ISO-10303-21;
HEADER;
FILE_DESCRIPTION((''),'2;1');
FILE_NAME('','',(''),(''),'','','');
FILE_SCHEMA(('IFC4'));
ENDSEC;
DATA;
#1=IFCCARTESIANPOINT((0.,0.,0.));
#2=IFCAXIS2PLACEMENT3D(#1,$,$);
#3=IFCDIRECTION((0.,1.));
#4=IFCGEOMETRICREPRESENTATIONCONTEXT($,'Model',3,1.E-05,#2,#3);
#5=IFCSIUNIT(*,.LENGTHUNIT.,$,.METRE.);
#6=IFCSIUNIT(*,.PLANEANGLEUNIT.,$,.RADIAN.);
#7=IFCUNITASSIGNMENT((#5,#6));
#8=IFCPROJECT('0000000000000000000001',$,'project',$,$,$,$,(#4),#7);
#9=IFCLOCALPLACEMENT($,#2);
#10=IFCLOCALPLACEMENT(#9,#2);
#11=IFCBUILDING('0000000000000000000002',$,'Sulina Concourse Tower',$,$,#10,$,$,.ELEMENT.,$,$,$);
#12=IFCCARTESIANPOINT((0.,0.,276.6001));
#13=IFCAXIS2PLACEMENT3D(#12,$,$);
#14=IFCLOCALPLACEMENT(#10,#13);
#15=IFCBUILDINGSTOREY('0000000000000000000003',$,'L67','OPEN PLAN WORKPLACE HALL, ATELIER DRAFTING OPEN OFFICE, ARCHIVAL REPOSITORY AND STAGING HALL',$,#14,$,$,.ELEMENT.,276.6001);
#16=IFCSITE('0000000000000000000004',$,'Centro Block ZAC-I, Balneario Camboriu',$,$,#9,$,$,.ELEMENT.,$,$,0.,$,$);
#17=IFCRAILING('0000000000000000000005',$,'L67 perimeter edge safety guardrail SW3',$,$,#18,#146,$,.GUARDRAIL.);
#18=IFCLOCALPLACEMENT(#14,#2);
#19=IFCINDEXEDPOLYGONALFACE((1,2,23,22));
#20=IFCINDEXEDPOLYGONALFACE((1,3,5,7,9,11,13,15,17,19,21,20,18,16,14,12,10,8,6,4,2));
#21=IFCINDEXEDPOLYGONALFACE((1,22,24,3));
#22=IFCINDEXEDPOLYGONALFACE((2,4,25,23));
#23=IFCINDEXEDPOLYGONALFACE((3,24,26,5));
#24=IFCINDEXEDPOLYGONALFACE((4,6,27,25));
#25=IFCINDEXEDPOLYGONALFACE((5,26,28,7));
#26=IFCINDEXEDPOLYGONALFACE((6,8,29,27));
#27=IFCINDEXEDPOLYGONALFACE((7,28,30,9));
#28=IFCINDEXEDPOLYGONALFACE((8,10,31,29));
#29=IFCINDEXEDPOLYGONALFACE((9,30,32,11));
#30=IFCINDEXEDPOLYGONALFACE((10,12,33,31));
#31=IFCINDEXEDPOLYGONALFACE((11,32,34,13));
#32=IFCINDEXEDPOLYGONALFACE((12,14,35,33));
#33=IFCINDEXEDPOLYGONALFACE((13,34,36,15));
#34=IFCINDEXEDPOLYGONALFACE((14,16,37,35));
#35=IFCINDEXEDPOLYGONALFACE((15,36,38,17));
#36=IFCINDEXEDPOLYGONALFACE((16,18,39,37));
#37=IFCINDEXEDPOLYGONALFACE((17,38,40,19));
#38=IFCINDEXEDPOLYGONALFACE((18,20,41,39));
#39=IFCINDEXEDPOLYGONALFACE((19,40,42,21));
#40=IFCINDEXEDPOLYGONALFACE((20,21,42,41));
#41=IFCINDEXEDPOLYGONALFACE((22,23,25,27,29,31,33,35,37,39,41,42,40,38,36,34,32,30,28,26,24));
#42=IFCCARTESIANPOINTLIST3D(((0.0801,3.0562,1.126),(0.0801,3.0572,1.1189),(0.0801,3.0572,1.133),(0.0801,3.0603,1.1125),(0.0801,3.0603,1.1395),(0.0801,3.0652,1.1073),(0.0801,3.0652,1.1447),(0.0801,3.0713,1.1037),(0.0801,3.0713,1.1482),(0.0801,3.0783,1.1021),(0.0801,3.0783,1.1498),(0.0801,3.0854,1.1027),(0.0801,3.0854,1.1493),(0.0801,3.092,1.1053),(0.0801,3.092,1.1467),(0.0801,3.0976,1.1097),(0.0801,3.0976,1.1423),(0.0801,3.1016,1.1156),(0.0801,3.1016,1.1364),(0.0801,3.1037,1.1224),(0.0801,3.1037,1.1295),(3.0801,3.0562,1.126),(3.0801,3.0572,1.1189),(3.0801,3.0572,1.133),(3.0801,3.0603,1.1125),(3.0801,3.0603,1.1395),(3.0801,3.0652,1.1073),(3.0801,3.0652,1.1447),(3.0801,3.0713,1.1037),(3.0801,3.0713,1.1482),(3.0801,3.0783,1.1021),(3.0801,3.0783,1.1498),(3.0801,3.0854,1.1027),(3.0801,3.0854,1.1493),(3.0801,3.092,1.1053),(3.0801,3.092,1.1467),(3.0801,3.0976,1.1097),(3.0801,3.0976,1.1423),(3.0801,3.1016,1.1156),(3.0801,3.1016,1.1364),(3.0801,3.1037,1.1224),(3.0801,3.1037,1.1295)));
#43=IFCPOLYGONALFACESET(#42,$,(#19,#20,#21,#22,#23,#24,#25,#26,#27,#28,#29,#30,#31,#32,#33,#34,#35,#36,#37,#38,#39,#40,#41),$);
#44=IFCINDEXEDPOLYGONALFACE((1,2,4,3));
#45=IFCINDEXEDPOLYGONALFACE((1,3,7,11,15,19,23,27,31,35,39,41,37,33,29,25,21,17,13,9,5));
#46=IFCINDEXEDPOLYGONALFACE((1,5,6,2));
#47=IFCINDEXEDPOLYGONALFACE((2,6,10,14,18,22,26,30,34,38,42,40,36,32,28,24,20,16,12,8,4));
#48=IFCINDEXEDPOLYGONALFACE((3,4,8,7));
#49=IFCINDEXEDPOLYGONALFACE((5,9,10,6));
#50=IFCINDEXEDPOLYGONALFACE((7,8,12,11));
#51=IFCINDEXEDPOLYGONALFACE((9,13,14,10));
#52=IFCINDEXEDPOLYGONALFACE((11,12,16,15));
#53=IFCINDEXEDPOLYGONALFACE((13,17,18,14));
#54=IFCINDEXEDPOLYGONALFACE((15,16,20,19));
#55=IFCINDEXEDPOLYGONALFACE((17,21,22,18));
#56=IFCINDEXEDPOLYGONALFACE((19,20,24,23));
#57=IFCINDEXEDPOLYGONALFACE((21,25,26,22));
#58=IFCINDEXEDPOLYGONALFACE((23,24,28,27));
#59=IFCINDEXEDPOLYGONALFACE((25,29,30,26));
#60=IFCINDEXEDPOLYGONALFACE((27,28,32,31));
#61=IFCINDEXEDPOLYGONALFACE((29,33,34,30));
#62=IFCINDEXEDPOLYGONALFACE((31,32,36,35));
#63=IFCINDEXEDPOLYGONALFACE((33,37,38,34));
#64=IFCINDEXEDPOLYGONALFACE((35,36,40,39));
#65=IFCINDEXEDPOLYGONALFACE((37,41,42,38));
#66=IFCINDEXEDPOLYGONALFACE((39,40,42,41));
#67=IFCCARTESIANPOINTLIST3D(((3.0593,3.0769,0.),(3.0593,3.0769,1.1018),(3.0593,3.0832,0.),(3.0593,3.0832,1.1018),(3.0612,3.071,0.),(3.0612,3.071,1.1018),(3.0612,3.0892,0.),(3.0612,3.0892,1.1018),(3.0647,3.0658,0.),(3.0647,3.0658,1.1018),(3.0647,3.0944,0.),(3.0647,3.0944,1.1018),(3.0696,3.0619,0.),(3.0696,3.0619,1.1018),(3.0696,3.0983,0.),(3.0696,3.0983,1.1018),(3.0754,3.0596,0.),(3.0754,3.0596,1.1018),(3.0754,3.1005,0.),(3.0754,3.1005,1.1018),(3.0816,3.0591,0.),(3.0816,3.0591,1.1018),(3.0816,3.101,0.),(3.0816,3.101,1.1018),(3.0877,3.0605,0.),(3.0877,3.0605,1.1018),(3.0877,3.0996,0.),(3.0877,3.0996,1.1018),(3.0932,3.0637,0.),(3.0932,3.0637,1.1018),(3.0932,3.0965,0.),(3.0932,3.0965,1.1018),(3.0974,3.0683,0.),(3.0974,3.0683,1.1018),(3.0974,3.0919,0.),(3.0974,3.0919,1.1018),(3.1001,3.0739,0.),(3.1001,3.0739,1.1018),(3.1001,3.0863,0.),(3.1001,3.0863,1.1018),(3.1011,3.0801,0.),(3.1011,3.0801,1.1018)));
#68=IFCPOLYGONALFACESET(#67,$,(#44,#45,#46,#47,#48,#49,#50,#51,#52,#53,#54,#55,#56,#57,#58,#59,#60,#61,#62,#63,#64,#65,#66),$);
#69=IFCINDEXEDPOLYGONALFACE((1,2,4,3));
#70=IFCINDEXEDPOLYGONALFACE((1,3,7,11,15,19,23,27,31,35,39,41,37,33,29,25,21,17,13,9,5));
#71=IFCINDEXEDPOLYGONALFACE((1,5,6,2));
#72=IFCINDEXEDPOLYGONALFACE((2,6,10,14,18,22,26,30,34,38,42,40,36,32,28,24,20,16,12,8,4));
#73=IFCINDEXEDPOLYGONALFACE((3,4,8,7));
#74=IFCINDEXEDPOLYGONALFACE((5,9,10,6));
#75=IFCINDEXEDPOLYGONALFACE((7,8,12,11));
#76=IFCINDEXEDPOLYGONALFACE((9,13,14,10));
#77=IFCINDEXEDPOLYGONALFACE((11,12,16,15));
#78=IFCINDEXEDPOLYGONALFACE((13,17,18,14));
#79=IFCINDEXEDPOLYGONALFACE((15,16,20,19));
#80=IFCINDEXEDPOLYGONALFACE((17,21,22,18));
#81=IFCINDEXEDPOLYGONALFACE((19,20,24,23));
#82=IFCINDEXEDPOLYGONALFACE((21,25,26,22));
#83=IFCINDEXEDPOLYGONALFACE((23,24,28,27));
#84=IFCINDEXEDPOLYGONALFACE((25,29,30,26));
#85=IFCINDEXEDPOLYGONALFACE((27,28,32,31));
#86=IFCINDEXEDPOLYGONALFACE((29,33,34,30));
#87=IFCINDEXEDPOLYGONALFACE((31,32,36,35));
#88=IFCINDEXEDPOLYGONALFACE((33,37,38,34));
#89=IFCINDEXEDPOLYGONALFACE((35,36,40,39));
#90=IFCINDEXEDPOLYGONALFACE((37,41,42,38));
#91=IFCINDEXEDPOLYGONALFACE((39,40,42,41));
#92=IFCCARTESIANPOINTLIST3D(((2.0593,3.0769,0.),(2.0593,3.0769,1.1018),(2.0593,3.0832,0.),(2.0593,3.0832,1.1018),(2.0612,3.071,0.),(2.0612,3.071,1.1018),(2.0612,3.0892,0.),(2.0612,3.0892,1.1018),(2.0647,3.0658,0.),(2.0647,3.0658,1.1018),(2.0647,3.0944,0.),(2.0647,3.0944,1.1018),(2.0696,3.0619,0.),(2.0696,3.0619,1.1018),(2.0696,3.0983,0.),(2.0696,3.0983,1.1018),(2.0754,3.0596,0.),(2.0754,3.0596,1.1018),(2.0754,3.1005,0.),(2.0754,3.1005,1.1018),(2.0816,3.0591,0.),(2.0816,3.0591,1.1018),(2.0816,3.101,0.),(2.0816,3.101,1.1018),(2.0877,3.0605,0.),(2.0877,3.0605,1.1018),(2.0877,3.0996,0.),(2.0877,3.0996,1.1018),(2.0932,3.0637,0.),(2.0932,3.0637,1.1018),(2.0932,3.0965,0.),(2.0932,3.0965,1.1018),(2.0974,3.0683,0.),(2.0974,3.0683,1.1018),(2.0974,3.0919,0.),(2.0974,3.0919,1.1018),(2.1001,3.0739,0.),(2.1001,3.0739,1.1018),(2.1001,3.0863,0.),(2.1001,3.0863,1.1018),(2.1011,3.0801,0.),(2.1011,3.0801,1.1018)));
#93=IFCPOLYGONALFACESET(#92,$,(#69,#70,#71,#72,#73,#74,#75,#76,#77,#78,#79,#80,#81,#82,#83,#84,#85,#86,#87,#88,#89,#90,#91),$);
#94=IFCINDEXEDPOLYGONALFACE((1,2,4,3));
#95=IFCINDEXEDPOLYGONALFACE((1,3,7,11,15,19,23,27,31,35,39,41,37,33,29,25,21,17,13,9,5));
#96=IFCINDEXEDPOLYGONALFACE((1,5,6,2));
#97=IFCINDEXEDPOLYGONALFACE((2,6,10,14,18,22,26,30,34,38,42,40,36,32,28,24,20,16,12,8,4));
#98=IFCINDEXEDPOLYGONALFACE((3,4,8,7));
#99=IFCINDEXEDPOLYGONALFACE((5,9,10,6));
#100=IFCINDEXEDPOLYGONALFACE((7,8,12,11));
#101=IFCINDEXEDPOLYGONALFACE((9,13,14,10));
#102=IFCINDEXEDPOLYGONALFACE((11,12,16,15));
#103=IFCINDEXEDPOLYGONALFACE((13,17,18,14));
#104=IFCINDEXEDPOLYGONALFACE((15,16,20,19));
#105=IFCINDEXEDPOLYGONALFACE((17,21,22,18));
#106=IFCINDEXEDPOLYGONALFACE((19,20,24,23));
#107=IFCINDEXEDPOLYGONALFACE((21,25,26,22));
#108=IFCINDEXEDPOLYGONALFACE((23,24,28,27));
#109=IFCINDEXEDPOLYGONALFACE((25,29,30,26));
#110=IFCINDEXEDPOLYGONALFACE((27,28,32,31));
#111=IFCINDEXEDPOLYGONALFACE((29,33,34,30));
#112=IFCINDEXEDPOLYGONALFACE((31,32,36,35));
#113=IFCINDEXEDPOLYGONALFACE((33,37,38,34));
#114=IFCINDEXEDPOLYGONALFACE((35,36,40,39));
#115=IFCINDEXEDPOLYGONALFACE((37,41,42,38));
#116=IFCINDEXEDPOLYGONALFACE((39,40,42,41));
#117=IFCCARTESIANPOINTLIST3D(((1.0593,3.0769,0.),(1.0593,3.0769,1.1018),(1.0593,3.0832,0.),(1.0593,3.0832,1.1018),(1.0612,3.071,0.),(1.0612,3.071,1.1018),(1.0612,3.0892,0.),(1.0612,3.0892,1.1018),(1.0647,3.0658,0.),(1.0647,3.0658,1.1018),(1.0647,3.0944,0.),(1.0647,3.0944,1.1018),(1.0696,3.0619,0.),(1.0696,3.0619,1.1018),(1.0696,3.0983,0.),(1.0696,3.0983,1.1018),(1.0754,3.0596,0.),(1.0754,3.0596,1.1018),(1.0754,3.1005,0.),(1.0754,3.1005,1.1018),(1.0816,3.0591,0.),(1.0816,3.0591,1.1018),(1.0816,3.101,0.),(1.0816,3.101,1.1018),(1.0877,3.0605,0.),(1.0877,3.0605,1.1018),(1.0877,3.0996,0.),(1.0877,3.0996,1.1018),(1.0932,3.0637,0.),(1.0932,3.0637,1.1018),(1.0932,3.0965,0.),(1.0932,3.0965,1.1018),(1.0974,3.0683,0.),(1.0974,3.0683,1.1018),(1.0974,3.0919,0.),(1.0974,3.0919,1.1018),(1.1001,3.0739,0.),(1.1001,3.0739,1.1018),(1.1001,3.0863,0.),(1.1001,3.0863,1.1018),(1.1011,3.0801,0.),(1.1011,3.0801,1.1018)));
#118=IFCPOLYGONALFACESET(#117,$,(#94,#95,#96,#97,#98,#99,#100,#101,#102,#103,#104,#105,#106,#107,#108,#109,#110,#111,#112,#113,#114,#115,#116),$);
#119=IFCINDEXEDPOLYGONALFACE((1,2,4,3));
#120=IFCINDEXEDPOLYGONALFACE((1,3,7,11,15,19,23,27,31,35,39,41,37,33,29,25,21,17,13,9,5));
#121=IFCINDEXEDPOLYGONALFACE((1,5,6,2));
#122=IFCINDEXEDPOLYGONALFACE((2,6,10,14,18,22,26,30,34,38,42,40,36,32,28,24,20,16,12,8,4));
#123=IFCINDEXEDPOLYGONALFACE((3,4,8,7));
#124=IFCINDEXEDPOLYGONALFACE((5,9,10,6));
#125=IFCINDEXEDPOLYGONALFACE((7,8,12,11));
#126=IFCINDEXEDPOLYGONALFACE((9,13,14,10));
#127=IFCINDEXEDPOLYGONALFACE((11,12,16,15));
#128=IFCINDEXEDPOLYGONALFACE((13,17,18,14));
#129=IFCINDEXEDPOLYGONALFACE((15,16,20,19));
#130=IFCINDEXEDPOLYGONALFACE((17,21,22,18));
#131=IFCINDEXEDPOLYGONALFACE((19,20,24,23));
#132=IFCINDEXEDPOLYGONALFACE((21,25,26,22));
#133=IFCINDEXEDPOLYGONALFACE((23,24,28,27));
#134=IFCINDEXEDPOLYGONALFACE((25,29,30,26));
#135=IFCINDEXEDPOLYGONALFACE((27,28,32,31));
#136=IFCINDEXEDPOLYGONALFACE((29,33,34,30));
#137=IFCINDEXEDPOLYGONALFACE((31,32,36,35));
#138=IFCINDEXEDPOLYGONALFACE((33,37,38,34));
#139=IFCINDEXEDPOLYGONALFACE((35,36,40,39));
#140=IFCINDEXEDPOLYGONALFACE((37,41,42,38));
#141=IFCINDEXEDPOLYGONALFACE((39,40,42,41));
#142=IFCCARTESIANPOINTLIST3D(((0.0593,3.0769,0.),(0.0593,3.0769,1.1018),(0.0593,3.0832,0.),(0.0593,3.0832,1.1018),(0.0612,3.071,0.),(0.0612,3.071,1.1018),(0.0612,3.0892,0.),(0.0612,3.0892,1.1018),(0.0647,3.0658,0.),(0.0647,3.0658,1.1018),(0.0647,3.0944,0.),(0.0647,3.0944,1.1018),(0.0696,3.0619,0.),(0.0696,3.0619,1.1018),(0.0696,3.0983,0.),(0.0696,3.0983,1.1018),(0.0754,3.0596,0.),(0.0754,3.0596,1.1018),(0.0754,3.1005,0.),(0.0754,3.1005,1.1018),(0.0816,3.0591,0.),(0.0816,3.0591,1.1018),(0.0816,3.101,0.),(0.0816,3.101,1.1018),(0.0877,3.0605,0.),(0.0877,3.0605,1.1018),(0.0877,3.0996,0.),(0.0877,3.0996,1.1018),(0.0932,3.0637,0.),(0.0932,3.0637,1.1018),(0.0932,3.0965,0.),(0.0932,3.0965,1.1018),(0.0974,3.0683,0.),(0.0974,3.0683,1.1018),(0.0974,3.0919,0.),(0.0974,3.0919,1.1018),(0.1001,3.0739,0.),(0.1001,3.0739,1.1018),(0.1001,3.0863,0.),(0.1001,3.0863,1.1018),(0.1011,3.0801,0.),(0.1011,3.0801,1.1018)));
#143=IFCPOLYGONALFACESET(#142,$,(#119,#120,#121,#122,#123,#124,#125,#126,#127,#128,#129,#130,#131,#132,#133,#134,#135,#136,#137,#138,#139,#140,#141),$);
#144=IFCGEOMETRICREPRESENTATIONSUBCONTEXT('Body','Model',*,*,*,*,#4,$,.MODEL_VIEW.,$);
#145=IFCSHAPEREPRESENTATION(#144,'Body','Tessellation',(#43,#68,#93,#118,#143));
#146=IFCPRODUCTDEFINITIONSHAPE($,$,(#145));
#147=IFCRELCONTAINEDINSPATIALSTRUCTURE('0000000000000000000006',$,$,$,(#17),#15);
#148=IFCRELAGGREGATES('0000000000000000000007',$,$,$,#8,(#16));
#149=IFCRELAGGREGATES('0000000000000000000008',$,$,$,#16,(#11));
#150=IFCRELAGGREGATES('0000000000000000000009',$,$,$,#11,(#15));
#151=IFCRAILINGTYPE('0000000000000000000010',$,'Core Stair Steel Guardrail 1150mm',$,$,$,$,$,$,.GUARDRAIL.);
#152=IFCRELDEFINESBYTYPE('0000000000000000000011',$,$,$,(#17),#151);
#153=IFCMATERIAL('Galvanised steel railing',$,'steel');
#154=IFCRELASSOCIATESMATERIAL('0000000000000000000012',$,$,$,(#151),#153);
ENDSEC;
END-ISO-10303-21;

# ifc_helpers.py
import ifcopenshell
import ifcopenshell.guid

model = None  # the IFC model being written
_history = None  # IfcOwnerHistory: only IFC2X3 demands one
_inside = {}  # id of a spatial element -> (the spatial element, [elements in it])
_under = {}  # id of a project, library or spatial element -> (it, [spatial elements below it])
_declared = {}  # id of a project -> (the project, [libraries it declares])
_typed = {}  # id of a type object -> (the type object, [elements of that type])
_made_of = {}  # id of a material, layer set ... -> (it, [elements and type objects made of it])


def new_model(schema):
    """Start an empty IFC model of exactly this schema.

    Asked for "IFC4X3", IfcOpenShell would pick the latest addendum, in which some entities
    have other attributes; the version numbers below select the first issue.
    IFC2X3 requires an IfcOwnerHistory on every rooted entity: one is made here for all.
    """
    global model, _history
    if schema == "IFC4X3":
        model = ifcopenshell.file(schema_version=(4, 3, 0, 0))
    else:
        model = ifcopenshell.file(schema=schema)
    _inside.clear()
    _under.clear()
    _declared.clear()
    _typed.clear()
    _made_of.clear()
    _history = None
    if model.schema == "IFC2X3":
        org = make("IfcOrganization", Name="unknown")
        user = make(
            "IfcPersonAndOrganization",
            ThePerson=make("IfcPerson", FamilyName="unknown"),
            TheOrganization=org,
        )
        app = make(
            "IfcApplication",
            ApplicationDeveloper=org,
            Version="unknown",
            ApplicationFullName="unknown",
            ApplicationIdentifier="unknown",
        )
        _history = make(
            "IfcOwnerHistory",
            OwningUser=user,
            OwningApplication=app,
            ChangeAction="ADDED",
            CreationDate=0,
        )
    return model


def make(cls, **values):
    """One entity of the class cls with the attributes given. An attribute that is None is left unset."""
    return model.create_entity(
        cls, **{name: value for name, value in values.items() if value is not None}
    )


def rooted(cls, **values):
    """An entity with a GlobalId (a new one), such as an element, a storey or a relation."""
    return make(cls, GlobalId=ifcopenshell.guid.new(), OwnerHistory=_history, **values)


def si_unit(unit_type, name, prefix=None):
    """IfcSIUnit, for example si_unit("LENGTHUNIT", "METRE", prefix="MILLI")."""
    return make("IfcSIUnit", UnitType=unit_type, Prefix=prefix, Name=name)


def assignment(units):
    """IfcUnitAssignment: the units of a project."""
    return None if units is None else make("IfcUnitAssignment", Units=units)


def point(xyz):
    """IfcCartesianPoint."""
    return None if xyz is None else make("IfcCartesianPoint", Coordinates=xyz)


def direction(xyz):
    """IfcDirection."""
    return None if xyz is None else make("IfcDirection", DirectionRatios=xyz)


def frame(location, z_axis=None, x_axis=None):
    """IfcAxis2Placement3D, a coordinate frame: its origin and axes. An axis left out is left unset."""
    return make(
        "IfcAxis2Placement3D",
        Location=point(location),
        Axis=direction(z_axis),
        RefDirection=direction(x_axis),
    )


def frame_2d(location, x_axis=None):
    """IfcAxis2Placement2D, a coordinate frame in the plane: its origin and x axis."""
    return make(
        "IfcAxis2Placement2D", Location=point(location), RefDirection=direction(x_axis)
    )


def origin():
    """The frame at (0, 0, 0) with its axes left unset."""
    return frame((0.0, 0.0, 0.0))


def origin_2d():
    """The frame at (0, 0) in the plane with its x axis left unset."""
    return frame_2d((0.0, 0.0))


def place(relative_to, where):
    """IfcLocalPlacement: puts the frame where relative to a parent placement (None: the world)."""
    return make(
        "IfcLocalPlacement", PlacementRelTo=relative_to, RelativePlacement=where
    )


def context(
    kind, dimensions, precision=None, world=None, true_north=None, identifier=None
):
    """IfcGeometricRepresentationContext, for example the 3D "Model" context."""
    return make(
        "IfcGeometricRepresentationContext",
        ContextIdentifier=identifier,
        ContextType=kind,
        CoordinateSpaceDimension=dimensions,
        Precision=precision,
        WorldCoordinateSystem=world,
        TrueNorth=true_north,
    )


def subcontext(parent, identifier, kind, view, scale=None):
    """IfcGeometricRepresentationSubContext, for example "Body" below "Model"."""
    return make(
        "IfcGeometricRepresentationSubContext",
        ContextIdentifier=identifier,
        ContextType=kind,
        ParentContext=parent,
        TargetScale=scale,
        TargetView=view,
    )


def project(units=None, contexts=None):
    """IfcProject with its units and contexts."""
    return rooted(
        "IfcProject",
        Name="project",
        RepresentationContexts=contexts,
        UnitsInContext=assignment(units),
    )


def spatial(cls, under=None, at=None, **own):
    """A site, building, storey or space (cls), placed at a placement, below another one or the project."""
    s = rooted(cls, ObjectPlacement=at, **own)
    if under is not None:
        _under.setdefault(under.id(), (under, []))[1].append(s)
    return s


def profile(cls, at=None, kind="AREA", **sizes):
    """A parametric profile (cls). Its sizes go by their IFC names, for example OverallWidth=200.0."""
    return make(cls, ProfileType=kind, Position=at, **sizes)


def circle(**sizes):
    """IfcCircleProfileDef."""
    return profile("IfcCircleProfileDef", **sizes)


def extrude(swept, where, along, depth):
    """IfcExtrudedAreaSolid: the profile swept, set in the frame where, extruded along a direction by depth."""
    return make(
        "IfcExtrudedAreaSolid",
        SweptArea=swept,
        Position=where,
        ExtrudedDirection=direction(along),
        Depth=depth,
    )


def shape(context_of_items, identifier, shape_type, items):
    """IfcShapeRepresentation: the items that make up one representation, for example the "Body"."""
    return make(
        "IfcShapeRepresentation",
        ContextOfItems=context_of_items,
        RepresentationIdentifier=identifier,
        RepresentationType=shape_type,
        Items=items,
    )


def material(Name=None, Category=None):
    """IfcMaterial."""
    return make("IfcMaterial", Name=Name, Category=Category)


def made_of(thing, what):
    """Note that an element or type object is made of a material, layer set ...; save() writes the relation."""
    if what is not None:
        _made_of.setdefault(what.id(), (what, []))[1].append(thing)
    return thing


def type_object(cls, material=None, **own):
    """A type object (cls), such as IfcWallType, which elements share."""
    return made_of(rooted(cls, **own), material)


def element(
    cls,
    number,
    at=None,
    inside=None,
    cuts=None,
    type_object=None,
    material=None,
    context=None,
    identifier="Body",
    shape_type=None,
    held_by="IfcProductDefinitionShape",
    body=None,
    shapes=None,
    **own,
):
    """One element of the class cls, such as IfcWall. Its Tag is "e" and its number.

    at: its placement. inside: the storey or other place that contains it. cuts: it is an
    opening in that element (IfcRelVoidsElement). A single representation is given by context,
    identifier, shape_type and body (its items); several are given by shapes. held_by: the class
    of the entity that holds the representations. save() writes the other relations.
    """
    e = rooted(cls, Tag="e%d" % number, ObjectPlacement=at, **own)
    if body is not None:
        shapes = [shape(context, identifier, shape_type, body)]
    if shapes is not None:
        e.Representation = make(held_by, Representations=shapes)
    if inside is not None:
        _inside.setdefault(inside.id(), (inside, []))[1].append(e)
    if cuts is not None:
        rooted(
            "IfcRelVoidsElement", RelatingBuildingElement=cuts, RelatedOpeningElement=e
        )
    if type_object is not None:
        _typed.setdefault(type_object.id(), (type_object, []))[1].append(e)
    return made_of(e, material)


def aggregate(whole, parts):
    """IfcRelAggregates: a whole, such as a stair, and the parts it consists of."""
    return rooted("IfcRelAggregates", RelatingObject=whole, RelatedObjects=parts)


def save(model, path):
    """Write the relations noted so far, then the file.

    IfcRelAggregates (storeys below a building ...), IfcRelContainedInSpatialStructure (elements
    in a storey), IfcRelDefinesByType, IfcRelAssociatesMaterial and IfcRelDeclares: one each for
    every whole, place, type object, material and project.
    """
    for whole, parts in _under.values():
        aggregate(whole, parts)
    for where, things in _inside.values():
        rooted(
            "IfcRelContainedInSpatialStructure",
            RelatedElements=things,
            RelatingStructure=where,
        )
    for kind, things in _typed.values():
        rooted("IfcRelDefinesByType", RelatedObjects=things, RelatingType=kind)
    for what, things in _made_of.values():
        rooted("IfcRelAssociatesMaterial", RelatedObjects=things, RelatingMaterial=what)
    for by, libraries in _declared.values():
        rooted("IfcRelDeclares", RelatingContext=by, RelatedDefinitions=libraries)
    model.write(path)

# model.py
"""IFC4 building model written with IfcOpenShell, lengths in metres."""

from ifc_helpers import new_model, si_unit, direction, frame, origin, origin_2d, place, context, subcontext, project, spatial, circle, extrude, material, type_object, element, save


model = new_model("IFC4")

# Units and contexts
model_context = context("Model", 3, precision=1e-05, world=origin(), true_north=direction((0.0, 1.0)))
body_context = subcontext(model_context, "Body", "Model", "MODEL_VIEW")
ifc_project = project(units=[si_unit("LENGTHUNIT", "METRE"), si_unit("PLANEANGLEUNIT", "RADIAN")], contexts=[model_context])

# Site, building, storey
site_placement = place(None, origin())
site = spatial("IfcSite", under=ifc_project, at=site_placement, Name="Centro Block ZAC-I, Balneario Camboriu", CompositionType="ELEMENT", RefElevation=0.0)
building_placement = place(site_placement, origin())
building = spatial("IfcBuilding", under=site, at=building_placement, Name="Sulina Concourse Tower", CompositionType="ELEMENT")
storey_placement = place(building_placement, frame((0.0, 0.0, 276.6001)))
storey = spatial("IfcBuildingStorey", under=building, at=storey_placement, Name="L67", Description="OPEN PLAN WORKPLACE HALL, ATELIER DRAFTING OPEN OFFICE, ARCHIVAL REPOSITORY AND STAGING HALL", CompositionType="ELEMENT", Elevation=276.6001)

# Railing
ifc_material_1 = material(Name="Galvanised steel railing", Category="steel")
railing_type = type_object("IfcRailingType", Name="Core Stair Steel Guardrail 1150mm", PredefinedType="GUARDRAIL", material=ifc_material_1)
railing_1_placement = place(storey_placement, frame((3.0801, 3.0801, 0.0)))
element("IfcRailing", 1, at=railing_1_placement, inside=storey, type_object=railing_type, Name="L67 perimeter edge safety guardrail SW3", PredefinedType="GUARDRAIL", context=body_context, shape_type="SweptSolid", body=[
    extrude(circle(Radius=0.0239, at=origin_2d()), frame((0.0, 0.0, 1.126), z_axis=(-1.0, 0.0, 0.0), x_axis=(0.0, -1.0, 0.0)), (0.0, 0.0, 1.0), 3.0),
    extrude(circle(Radius=0.021, at=origin_2d()), origin(), (0.0, 0.0, 1.0), 1.1018),
    extrude(circle(Radius=0.021, at=origin_2d()), frame((-1.0, 0.0, 0.0)), (0.0, 0.0, 1.0), 1.1018),
    extrude(circle(Radius=0.021, at=origin_2d()), frame((-2.0, 0.0, 0.0)), (0.0, 0.0, 1.0), 1.1018),
    extrude(circle(Radius=0.021, at=origin_2d()), frame((-3.0, 0.0, 0.0)), (0.0, 0.0, 1.0), 1.1018),
])

save(model, "model.ifc")
